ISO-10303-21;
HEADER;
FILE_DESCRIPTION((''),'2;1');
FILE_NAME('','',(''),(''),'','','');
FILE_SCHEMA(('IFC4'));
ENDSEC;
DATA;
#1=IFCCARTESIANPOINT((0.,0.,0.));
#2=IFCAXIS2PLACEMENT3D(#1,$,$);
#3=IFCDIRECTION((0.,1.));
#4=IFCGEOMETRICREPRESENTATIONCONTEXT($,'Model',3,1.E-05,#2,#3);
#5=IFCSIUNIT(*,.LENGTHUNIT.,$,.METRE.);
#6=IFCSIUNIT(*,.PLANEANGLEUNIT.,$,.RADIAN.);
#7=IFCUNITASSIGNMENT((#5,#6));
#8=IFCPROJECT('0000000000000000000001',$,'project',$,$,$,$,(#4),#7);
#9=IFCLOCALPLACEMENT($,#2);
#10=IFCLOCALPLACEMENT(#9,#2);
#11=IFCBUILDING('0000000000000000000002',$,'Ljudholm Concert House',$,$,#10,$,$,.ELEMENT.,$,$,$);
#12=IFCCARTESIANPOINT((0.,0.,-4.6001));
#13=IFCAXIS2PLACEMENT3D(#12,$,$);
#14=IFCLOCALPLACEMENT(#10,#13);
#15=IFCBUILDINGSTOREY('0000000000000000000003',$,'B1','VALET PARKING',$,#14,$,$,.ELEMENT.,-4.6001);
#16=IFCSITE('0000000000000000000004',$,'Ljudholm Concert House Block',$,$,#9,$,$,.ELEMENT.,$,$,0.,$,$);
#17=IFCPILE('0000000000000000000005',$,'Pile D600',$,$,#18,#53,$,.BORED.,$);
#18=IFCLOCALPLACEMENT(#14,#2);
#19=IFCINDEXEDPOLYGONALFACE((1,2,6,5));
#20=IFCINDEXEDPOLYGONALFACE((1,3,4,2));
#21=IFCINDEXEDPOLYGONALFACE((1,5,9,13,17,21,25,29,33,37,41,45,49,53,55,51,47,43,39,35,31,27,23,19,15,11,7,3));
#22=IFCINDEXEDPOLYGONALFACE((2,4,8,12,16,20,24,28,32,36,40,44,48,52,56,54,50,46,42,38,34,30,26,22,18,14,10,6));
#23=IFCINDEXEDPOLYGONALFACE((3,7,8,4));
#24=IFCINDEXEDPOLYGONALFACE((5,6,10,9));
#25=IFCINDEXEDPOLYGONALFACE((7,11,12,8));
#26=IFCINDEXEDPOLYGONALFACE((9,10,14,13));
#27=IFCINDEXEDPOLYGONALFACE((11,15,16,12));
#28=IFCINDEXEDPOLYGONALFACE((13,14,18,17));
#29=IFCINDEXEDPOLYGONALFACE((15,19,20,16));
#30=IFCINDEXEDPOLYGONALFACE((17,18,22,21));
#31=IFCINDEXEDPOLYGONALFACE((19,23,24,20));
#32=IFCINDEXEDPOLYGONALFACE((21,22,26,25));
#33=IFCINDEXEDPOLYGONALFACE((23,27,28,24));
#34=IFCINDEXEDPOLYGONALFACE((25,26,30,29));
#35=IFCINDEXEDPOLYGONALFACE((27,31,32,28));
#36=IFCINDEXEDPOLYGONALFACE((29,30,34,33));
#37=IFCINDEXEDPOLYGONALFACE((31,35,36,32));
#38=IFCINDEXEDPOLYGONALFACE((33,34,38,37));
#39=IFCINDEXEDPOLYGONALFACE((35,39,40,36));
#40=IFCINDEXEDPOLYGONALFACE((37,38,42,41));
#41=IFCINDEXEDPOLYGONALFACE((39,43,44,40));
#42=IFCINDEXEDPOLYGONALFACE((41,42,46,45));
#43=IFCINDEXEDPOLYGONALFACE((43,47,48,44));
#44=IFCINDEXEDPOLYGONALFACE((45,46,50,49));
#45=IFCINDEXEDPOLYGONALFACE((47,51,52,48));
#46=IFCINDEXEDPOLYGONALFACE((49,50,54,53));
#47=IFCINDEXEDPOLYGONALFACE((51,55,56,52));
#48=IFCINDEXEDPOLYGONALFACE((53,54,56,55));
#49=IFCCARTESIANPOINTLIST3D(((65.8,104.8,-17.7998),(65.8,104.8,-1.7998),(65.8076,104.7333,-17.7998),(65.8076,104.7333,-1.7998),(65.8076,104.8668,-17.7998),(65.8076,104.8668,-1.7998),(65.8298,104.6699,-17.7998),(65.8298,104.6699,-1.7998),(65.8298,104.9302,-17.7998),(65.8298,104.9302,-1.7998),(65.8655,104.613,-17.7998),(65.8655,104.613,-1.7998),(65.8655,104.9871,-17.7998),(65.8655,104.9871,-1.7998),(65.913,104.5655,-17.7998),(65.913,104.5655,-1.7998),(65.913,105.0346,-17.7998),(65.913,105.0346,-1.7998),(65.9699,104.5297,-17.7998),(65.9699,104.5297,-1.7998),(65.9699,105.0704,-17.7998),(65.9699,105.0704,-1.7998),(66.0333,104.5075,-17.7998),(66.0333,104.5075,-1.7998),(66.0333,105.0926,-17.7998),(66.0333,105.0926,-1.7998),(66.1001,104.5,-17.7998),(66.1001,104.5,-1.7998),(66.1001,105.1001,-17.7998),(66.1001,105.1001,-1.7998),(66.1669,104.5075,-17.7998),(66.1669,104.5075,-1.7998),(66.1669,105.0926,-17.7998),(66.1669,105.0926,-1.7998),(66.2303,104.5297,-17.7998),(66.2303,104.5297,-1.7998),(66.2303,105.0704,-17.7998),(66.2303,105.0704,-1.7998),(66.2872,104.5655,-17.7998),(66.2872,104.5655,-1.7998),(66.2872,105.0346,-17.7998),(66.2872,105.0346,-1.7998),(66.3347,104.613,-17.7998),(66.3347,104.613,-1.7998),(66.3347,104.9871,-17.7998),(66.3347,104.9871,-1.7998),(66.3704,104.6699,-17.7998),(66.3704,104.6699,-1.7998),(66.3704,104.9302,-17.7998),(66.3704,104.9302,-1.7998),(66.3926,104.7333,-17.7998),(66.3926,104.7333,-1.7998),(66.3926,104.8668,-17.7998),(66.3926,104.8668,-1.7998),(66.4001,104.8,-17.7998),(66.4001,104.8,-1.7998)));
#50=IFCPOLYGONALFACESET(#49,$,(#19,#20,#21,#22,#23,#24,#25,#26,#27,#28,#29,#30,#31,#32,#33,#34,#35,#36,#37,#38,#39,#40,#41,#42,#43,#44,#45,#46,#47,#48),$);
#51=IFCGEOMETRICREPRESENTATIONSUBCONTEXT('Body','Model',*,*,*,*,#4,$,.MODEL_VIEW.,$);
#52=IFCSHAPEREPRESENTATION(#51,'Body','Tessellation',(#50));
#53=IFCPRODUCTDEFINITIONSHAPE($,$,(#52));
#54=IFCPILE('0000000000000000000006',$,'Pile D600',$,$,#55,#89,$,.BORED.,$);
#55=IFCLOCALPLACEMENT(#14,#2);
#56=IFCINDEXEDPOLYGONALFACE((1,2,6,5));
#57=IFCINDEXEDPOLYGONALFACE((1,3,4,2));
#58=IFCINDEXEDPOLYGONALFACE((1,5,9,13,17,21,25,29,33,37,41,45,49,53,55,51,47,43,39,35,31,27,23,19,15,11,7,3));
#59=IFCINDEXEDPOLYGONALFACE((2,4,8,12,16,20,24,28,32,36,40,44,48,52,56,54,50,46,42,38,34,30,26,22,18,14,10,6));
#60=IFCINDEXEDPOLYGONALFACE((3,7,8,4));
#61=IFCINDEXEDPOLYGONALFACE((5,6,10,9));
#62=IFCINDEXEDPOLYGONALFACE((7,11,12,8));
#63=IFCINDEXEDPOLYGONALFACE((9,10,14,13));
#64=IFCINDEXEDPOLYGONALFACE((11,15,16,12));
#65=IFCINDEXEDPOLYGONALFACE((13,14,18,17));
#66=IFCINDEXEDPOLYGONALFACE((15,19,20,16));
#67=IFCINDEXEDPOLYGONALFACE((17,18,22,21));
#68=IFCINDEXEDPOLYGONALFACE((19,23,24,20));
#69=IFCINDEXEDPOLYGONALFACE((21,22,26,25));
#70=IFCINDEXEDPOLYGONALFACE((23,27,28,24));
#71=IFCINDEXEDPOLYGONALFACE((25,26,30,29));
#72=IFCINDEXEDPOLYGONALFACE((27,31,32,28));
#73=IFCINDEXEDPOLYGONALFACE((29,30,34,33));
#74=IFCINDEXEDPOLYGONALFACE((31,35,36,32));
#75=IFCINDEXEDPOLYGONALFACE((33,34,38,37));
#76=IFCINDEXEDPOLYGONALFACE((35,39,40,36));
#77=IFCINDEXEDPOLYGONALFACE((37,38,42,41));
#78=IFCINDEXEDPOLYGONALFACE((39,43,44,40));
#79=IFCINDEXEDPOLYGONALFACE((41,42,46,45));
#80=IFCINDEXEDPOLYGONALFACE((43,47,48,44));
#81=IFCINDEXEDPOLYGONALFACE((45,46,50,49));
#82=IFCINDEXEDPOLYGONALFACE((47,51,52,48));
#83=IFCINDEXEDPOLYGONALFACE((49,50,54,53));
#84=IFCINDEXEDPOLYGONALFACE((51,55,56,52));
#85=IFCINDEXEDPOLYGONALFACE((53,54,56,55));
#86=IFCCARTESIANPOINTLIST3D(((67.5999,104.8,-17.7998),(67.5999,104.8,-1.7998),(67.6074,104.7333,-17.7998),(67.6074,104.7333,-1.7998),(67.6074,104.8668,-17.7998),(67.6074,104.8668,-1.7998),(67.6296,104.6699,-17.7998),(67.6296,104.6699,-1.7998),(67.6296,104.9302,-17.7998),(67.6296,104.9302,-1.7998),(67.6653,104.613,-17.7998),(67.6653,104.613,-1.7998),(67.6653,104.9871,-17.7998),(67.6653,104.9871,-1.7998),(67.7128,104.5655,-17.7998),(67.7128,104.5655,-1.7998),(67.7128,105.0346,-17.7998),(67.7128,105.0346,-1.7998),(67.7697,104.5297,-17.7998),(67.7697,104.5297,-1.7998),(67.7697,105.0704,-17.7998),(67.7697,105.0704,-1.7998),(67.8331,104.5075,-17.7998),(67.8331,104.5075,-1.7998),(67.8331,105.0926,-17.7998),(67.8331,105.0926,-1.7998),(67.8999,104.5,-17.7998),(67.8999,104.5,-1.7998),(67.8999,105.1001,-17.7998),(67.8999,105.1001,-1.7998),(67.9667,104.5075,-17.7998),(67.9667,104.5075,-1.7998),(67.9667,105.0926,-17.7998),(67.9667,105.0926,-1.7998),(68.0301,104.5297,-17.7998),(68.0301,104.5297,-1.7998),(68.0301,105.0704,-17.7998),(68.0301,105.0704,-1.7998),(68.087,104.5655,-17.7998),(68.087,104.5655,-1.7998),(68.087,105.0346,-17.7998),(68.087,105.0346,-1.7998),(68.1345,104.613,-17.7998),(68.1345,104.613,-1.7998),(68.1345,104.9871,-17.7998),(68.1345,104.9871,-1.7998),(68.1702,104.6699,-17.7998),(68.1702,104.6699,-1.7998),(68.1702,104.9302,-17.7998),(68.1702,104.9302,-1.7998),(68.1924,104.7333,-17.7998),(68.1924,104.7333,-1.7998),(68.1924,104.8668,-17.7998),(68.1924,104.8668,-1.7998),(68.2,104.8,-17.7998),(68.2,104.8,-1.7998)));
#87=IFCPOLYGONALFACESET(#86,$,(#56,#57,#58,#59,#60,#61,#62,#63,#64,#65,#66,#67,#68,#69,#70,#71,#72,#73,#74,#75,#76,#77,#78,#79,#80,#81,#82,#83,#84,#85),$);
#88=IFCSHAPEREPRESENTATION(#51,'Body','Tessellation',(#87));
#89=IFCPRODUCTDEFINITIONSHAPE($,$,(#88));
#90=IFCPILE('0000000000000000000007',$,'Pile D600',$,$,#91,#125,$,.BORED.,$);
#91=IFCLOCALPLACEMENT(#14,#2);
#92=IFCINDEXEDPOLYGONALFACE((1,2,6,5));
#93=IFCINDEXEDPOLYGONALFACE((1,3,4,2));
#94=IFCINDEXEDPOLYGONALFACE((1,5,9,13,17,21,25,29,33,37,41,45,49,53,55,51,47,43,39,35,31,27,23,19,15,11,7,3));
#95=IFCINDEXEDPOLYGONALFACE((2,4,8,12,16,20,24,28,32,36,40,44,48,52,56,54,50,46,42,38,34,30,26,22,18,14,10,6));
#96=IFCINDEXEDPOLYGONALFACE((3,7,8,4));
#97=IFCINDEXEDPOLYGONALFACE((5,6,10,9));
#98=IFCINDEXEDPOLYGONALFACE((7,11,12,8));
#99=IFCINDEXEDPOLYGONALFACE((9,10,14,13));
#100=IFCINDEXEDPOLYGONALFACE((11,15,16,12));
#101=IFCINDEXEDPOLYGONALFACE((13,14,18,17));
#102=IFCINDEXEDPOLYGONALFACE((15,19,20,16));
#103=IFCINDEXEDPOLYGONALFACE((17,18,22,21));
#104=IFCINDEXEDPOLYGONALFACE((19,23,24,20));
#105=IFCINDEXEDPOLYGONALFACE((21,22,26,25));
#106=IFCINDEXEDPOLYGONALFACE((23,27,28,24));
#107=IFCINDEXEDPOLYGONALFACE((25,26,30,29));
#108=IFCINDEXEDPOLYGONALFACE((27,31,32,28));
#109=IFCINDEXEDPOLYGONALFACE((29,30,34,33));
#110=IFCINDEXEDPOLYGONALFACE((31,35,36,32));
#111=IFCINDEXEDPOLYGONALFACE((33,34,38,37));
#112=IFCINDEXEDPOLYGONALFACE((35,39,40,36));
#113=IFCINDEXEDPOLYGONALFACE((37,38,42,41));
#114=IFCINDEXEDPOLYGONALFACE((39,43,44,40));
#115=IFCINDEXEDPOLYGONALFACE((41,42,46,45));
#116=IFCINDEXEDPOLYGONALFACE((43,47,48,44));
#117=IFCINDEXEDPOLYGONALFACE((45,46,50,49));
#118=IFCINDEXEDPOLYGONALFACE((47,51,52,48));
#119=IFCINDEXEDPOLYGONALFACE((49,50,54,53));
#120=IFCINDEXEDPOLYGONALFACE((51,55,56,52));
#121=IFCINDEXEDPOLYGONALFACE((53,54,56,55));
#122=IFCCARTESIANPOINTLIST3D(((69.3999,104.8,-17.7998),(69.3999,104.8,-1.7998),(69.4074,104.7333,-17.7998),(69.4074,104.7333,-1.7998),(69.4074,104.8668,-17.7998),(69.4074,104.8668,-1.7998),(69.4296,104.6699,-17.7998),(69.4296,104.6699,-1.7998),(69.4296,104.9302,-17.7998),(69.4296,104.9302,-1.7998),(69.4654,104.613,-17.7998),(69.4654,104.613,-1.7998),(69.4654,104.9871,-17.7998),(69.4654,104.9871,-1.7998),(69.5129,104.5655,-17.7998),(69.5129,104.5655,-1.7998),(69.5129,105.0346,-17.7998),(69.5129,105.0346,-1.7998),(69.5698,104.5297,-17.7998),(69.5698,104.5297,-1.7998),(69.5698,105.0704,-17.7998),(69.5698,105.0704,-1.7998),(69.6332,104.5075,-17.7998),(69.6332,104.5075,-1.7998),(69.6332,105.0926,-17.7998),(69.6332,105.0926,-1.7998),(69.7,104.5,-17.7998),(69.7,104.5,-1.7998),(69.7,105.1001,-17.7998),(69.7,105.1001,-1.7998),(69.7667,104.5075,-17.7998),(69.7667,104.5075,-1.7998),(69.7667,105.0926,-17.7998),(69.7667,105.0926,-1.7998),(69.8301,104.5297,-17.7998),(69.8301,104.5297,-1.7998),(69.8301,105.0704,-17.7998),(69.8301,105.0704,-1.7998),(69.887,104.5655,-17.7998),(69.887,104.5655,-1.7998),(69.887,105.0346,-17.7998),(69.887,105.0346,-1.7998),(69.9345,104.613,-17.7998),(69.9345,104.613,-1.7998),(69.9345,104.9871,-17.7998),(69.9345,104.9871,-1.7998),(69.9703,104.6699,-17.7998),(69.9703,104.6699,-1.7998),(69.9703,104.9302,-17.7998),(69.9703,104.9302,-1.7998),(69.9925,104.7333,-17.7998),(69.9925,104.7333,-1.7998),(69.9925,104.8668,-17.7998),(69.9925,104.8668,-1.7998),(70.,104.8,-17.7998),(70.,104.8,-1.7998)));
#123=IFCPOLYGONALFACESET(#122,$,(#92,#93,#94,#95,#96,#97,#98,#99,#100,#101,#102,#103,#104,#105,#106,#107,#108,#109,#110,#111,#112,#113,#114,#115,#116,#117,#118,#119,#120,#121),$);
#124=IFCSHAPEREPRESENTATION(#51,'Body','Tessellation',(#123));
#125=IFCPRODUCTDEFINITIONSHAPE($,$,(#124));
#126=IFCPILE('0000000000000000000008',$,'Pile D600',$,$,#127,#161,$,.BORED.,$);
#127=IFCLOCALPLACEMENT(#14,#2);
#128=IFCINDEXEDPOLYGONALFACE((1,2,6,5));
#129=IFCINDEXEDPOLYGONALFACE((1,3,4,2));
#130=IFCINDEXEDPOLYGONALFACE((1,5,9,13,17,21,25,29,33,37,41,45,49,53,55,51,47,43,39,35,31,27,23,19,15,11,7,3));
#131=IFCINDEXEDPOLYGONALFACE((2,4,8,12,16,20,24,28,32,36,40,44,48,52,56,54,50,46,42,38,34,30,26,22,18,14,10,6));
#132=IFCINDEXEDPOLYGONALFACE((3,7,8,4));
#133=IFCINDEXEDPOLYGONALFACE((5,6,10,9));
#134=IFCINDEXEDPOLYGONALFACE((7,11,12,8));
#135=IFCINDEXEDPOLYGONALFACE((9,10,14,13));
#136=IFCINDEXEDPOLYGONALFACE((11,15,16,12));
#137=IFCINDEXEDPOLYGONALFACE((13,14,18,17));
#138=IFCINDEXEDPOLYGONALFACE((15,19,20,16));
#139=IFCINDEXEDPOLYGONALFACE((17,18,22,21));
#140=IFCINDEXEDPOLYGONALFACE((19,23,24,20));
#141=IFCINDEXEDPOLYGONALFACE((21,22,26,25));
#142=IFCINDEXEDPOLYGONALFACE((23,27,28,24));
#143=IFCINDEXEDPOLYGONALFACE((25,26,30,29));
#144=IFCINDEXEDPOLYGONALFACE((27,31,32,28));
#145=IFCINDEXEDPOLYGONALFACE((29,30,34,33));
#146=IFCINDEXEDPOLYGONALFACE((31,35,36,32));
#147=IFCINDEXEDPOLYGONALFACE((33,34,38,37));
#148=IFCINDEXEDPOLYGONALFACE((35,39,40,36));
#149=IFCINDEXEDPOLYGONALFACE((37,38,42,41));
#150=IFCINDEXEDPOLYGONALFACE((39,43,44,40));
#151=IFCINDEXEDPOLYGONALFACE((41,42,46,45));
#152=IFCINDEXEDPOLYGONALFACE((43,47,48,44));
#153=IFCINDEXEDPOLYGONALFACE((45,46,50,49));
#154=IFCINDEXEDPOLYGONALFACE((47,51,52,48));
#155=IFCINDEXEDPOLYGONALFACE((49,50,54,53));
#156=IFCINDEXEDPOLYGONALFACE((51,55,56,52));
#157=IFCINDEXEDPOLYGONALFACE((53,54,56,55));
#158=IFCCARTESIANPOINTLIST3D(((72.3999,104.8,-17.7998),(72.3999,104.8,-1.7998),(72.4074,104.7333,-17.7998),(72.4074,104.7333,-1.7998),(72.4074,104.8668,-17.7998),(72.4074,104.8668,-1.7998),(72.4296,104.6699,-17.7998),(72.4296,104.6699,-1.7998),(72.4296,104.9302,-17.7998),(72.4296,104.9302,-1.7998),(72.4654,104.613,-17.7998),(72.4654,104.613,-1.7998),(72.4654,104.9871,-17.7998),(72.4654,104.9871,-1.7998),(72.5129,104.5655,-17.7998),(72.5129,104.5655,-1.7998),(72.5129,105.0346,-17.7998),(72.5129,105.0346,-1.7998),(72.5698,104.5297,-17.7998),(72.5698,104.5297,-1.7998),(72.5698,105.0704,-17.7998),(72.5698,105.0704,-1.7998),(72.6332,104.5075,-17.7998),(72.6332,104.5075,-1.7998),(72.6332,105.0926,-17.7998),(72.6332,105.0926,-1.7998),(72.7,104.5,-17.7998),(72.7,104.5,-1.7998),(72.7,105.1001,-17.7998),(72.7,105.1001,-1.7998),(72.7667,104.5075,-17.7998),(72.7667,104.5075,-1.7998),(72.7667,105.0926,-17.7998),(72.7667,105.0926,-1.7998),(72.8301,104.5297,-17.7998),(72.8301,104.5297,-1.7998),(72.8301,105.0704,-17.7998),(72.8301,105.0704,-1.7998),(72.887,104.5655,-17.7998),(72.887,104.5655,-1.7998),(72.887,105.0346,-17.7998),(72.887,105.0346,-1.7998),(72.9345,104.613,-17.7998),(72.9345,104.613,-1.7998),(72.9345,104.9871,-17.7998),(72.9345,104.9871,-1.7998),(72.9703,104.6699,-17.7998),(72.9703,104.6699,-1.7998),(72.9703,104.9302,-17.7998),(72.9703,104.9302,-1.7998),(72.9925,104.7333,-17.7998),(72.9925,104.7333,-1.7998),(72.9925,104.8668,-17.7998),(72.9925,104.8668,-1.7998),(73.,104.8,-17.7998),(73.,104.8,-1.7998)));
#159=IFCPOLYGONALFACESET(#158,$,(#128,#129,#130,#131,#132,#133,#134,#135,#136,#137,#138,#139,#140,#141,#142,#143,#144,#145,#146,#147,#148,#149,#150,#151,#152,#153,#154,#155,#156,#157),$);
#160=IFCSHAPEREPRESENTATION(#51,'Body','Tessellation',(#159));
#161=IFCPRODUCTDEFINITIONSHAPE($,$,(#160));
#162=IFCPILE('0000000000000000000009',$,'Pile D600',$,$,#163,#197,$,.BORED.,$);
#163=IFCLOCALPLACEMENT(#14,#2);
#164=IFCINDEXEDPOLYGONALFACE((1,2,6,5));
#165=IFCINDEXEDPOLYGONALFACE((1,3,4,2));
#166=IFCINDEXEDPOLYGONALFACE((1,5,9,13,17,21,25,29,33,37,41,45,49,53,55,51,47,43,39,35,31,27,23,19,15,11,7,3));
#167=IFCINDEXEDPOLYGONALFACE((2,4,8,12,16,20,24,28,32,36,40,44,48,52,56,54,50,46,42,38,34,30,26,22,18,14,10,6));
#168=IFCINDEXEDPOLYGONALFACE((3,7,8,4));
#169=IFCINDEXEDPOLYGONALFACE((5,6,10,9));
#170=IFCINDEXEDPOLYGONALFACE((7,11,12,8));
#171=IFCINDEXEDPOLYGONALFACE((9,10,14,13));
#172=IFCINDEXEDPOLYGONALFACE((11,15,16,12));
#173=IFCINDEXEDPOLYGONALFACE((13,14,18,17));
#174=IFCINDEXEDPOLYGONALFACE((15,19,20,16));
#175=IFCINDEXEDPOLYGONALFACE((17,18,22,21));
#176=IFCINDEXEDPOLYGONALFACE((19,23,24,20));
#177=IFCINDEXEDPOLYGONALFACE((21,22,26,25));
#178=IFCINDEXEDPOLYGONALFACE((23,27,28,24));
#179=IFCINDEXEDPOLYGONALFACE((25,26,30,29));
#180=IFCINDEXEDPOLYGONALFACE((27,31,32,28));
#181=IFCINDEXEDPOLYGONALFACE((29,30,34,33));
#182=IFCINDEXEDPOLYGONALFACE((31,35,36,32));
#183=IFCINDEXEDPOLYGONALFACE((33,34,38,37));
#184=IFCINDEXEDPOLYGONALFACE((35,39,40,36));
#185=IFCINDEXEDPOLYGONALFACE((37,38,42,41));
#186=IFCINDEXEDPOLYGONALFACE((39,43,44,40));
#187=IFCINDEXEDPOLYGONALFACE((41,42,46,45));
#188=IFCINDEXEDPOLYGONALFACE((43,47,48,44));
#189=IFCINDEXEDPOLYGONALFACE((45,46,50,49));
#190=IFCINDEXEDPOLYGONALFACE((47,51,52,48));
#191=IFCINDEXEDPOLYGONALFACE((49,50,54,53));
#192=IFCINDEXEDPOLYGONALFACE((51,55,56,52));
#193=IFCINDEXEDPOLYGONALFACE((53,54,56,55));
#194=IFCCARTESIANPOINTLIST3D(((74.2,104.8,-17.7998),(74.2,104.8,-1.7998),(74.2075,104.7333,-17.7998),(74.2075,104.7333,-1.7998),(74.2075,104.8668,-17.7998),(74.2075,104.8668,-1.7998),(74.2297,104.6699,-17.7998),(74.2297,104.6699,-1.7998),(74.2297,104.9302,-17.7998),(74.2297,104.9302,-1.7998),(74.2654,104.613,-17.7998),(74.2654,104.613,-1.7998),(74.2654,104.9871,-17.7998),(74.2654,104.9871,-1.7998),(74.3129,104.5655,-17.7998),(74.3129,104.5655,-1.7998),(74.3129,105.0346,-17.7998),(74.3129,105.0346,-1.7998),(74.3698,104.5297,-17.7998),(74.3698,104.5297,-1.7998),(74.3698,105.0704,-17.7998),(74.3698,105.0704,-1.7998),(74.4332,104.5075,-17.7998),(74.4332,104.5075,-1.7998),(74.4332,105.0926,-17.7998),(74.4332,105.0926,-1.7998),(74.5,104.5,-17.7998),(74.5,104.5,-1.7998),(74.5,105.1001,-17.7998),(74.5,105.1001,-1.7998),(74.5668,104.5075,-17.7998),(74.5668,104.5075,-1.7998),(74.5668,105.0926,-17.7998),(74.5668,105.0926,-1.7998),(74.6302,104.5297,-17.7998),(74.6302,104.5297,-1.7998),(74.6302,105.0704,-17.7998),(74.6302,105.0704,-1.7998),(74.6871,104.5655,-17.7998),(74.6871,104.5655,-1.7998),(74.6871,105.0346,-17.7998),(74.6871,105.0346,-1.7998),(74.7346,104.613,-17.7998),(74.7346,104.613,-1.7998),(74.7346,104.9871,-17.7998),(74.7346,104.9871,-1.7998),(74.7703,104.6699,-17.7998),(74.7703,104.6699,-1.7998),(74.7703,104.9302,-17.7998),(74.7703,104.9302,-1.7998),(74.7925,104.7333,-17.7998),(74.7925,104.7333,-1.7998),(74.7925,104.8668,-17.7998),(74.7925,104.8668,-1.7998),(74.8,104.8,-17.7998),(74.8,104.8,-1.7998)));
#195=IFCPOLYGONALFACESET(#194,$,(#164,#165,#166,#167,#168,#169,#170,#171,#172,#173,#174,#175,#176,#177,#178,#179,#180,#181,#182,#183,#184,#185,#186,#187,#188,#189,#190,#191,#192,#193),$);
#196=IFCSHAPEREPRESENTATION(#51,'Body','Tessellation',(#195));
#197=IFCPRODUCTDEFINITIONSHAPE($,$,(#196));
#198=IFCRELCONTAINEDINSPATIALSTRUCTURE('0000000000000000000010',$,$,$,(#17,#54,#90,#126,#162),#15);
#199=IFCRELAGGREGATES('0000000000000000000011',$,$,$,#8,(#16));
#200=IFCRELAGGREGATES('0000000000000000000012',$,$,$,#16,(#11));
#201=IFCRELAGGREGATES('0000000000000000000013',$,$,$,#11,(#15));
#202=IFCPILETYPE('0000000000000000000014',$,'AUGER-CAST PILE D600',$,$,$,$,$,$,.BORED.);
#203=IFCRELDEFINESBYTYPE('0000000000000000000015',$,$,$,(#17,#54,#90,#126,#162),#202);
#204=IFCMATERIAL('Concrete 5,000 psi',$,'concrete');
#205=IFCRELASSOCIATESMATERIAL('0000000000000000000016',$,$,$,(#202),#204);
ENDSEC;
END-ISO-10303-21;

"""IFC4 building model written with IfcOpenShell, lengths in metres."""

from ifc_helpers import new_model, si_unit, direction, frame, origin, origin_2d, place, context, subcontext, project, spatial, circle, extrude, material, material_profile, profile_set, type_object, element, save


model = new_model("IFC4")

# Units and contexts
model_context = context("Model", 3, precision=1e-05, world=origin(), true_north=direction((0.0, 1.0)))
body_context = subcontext(model_context, "Body", "Model", "MODEL_VIEW")
ifc_project = project(units=[si_unit("LENGTHUNIT", "METRE"), si_unit("PLANEANGLEUNIT", "RADIAN")], contexts=[model_context])

# Site, building, storey
site_placement = place(None, origin())
site = spatial("IfcSite", under=ifc_project, at=site_placement, Name="Ljudholm Concert House Block", CompositionType="ELEMENT", RefElevation=0.0)
building_placement = place(site_placement, origin())
building = spatial("IfcBuilding", under=site, at=building_placement, Name="Ljudholm Concert House", CompositionType="ELEMENT")
storey_placement = place(building_placement, frame((0.0, 0.0, -4.6001)))
storey = spatial("IfcBuildingStorey", under=building, at=storey_placement, Name="B1", Description="VALET PARKING", CompositionType="ELEMENT", Elevation=-4.6001)

# Piles
ifc_material_1 = material(Name="Concrete 5,000 psi", Category="concrete")
ifc_material_profile_1 = material_profile(ifc_material_1, circle(Radius=0.3, at=origin_2d()), Name="AUGER-CAST PILE D600")
ifc_profile_set_1 = profile_set([ifc_material_profile_1], Name="Concrete 5,000 psi")
pile_type = type_object("IfcPileType", Name="AUGER-CAST PILE D600", PredefinedType="BORED", material=ifc_profile_set_1)
for number, where, z_axis, x_axis, name in (
    (1, (66.1001, 104.8, -1.7998), (0.0, 0.0, -1.0), (1.0, 0.0, 0.0), "Pile D600"),
    (2, (67.8999, 104.8, -1.7998), (0.0, 0.0, -1.0), (1.0, 0.0, 0.0), "Pile D600"),
    (3, (69.7, 104.8, -1.7998), (0.0, 0.0, -1.0), (1.0, 0.0, 0.0), "Pile D600"),
    (4, (72.7, 104.8, -1.7998), (0.0, 0.0, -1.0), (1.0, 0.0, 0.0), "Pile D600"),
    (5, (74.5, 104.8, -1.7998), (0.0, 0.0, -1.0), (1.0, 0.0, 0.0), "Pile D600"),
):
    element("IfcPile", number, at=place(storey_placement, frame(where, z_axis=z_axis, x_axis=x_axis)), inside=storey, type_object=pile_type, Name=name, PredefinedType="BORED", context=body_context, shape_type="SweptSolid", body=[
        extrude(circle(Radius=0.3, at=origin_2d()), origin(), (0.0, 0.0, 1.0), 16.0),
    ])

save(model, "model.ifc")
